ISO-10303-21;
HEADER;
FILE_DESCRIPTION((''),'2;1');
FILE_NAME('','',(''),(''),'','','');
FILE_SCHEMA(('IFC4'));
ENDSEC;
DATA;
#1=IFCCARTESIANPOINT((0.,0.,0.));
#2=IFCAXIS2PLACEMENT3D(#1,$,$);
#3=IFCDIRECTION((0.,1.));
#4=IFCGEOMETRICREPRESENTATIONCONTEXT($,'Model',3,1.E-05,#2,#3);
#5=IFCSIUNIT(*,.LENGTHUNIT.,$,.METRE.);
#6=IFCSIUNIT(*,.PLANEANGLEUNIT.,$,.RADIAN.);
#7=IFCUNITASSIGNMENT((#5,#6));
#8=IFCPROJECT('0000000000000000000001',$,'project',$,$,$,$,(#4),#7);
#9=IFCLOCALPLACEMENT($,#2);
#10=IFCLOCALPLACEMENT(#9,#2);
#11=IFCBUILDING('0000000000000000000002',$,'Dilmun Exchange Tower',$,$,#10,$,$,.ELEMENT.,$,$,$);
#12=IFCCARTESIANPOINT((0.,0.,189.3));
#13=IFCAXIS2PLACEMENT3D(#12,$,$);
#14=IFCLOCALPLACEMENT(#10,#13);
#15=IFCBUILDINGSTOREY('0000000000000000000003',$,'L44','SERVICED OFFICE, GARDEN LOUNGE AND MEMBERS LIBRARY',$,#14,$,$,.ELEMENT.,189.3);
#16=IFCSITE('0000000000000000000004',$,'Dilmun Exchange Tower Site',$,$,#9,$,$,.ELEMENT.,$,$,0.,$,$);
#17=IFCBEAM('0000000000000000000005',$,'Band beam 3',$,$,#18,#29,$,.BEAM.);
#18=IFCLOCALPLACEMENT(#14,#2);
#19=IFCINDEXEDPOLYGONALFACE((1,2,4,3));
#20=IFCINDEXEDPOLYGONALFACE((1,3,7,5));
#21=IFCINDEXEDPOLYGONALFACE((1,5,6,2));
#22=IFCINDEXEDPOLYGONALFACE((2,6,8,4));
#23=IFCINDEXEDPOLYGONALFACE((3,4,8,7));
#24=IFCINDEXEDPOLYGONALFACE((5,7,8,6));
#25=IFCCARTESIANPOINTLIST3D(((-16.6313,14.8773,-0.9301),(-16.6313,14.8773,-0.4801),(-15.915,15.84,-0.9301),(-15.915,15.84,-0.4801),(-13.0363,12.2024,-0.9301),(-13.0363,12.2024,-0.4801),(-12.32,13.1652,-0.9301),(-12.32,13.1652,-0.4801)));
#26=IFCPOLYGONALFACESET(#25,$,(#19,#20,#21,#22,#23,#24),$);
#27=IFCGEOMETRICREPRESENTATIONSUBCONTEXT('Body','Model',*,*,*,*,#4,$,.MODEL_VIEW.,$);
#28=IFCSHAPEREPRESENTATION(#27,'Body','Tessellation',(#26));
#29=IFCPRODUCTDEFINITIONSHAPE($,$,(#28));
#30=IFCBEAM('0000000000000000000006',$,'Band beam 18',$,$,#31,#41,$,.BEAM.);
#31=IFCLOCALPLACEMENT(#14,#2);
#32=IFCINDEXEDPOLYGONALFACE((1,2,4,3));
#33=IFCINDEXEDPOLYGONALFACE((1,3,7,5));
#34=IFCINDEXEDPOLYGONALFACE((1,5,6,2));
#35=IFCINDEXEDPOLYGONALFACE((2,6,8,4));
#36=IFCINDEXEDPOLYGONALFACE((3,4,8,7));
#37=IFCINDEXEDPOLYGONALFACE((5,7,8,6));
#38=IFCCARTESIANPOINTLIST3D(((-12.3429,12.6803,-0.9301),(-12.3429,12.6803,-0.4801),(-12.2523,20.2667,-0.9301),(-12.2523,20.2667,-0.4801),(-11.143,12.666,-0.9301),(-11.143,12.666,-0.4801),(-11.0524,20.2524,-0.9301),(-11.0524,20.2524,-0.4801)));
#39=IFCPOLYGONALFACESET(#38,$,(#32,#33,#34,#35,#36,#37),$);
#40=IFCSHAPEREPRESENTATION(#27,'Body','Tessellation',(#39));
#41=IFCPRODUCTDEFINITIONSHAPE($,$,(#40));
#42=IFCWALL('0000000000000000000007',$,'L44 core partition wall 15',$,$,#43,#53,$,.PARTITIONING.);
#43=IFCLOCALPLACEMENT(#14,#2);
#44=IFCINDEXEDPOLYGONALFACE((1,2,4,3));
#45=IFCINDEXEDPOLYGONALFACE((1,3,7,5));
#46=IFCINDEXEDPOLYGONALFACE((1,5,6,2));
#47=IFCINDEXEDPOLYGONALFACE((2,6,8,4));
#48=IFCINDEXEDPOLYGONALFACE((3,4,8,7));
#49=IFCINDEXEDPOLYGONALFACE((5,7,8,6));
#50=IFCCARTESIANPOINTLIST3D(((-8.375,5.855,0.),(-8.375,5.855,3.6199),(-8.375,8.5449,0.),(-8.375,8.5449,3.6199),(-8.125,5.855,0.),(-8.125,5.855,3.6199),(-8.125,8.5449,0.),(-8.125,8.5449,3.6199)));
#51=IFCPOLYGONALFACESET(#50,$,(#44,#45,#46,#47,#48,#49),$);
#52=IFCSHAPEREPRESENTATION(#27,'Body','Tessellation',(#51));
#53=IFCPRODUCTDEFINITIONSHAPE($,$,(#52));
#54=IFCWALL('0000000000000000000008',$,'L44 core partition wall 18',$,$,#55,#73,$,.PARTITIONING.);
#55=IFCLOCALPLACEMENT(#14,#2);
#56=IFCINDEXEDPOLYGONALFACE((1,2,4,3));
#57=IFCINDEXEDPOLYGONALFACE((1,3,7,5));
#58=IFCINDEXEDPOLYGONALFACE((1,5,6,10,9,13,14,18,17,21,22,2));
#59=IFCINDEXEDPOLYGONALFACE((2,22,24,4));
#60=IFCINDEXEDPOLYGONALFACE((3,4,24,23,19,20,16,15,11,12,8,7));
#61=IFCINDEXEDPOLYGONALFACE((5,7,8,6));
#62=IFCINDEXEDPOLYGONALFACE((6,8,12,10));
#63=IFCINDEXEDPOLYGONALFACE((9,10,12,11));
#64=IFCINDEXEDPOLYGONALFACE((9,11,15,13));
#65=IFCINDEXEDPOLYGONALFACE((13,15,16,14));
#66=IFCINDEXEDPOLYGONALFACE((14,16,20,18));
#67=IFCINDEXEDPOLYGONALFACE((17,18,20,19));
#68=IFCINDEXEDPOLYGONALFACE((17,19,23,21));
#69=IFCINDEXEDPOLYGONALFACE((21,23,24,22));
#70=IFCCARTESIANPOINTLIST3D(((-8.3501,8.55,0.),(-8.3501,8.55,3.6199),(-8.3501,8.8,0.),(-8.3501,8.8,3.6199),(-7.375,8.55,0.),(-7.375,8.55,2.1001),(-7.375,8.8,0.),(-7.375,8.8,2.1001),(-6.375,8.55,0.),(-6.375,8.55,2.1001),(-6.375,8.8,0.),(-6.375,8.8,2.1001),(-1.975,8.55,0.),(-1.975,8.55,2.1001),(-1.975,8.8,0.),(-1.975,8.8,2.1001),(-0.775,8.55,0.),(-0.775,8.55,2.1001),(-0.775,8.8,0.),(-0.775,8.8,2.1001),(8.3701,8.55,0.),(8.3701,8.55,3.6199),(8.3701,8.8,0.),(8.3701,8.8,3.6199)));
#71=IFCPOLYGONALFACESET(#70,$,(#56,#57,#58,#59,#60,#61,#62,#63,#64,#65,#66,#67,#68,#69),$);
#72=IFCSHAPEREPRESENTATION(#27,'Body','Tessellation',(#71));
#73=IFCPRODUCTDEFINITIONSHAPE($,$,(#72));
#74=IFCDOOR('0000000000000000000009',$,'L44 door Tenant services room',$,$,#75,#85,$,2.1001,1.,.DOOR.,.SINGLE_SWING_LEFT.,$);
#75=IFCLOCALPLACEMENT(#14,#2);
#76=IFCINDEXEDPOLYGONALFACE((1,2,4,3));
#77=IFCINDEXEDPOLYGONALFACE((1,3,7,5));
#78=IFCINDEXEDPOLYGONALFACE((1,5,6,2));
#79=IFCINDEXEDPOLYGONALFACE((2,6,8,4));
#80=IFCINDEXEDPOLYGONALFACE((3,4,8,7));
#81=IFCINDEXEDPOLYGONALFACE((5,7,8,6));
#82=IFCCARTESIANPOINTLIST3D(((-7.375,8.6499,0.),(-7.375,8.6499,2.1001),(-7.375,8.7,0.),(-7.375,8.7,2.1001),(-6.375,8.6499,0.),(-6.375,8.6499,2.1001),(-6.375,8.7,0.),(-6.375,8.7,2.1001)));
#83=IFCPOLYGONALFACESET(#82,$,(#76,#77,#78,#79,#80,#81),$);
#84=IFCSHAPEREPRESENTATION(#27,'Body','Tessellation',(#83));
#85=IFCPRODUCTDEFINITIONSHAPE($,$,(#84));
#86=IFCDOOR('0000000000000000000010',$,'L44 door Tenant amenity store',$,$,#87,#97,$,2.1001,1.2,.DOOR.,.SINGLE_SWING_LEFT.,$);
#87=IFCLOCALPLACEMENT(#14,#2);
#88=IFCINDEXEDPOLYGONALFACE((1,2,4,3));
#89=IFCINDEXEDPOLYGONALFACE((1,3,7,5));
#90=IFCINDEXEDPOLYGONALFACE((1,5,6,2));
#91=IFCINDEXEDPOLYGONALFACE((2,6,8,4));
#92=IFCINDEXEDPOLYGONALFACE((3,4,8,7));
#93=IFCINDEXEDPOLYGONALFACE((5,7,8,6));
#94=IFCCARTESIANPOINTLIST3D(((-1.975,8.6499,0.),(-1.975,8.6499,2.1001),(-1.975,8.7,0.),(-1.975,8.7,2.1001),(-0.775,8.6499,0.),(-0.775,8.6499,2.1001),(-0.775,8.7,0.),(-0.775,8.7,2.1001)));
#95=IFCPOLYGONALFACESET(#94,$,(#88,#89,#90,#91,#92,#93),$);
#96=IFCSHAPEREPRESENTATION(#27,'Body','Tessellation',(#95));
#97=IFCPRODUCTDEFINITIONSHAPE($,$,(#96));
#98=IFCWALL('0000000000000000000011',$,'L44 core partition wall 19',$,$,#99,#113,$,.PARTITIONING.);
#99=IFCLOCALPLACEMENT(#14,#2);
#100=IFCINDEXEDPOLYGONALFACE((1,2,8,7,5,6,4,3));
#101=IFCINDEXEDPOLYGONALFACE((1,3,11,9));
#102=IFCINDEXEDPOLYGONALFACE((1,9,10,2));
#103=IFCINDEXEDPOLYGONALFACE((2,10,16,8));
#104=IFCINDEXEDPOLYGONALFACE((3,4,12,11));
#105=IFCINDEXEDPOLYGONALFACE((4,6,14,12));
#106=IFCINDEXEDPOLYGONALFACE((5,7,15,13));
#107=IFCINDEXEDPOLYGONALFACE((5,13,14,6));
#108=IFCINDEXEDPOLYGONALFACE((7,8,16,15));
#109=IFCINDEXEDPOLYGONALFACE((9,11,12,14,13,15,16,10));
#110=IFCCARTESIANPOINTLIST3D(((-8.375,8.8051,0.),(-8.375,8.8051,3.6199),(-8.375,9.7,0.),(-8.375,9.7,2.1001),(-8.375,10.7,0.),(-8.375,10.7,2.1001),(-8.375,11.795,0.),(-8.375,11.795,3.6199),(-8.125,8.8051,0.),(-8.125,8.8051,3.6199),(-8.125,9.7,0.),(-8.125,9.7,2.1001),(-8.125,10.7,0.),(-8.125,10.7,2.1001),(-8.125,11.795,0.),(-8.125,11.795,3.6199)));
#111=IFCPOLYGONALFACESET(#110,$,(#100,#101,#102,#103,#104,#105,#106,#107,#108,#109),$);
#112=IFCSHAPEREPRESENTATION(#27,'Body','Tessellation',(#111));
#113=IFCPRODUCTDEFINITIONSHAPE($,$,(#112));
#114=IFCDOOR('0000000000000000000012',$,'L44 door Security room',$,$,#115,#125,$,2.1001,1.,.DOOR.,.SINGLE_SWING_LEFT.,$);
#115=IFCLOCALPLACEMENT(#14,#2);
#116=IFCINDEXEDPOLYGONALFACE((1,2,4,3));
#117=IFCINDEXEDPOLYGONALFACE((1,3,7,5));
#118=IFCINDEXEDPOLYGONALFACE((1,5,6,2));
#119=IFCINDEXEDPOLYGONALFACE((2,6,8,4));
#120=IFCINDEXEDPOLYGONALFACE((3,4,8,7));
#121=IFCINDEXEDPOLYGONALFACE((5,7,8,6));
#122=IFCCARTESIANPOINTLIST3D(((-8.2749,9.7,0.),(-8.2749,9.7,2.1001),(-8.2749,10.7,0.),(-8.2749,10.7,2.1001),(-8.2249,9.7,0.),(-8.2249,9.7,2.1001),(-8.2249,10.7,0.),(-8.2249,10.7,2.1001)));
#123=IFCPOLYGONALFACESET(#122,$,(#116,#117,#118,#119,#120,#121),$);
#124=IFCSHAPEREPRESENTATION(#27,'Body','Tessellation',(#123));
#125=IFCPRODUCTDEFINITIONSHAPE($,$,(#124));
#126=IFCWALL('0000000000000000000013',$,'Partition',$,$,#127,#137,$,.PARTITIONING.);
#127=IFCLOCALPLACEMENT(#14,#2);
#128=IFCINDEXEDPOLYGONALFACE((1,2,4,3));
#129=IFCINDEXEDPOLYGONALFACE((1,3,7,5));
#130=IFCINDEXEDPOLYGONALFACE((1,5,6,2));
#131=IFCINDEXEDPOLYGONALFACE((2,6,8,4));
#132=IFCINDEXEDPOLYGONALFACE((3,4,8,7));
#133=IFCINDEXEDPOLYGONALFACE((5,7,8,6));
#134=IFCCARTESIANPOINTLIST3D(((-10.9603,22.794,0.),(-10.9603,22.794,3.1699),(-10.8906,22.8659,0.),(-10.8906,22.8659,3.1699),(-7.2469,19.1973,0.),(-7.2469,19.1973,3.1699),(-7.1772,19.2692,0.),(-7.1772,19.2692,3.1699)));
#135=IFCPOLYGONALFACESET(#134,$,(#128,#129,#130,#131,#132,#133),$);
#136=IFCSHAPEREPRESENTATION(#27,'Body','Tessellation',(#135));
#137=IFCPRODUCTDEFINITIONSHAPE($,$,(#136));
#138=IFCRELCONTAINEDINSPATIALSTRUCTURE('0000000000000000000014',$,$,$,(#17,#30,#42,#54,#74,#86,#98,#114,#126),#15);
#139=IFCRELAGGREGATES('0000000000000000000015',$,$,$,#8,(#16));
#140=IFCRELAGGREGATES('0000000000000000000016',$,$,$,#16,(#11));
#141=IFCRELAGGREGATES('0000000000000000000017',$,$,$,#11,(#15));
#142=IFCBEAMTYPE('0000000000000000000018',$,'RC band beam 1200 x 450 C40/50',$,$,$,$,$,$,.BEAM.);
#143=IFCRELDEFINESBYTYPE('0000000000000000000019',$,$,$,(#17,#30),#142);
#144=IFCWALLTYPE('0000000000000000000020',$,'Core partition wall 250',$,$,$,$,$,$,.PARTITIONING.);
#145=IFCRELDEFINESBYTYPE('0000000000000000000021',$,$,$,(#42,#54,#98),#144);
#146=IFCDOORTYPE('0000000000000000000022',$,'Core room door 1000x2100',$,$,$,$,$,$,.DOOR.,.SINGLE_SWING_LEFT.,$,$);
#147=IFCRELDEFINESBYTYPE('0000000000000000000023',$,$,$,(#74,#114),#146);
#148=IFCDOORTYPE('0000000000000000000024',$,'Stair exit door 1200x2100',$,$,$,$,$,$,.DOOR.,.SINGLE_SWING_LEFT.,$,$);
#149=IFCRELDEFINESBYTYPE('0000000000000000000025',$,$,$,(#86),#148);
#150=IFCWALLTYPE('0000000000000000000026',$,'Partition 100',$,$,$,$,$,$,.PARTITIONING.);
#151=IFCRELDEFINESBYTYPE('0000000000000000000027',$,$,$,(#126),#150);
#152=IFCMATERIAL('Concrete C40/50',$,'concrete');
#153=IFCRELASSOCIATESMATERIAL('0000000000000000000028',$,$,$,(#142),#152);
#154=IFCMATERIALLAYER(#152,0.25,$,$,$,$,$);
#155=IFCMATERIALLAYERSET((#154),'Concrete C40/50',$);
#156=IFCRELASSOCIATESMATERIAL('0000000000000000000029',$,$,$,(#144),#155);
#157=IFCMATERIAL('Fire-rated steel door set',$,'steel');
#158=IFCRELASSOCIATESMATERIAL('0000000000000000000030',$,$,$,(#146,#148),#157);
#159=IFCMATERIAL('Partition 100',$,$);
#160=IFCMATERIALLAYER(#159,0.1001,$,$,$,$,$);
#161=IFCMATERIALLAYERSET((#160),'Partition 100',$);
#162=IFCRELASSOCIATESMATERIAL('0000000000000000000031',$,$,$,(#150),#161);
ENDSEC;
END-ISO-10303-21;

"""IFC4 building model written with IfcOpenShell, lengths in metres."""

from ifc_helpers import new_model, si_unit, direction, frame, frame_2d, origin, origin_2d, place, context, subcontext, project, spatial, rectangle, extrude, material, layer, layer_set, material_profile, profile_set, type_object, element, fill, save


model = new_model("IFC4")

# Units and contexts
model_context = context("Model", 3, precision=1e-05, world=origin(), true_north=direction((0.0, 1.0)))
body_context = subcontext(model_context, "Body", "Model", "MODEL_VIEW")
ifc_project = project(units=[si_unit("LENGTHUNIT", "METRE"), si_unit("PLANEANGLEUNIT", "RADIAN")], contexts=[model_context])

# Site, building, storey
site_placement = place(None, origin())
site = spatial("IfcSite", under=ifc_project, at=site_placement, Name="Dilmun Exchange Tower Site", CompositionType="ELEMENT", RefElevation=0.0)
building_placement = place(site_placement, origin())
building = spatial("IfcBuilding", under=site, at=building_placement, Name="Dilmun Exchange Tower", CompositionType="ELEMENT")
storey_placement = place(building_placement, frame((0.0, 0.0, 189.3)))
storey = spatial("IfcBuildingStorey", under=building, at=storey_placement, Name="L44", Description="SERVICED OFFICE, GARDEN LOUNGE AND MEMBERS LIBRARY", CompositionType="ELEMENT", Elevation=189.3)

# Beams
ifc_material_1 = material(Name="Concrete C40/50", Category="concrete")
ifc_material_profile = material_profile(ifc_material_1, rectangle(XDim=1.2, YDim=0.45, at=origin_2d()), Name="1200 x 450")
ifc_profile_set = profile_set([ifc_material_profile], Name="Concrete C40/50")
beam_type = type_object("IfcBeamType", Name="RC band beam 1200 x 450 C40/50", PredefinedType="BEAM", material=ifc_profile_set)
beam_1_placement = place(storey_placement, frame((-16.2732, 15.3586, -0.7051), z_axis=(0.802289, -0.596936, 0.0), x_axis=(0.596936, 0.802289, 0.0)))
element("IfcBeam", 1, at=beam_1_placement, inside=storey, type_object=beam_type, Name="Band beam 3", PredefinedType="BEAM", context=body_context, shape_type="SweptSolid", body=[
    extrude(rectangle(XDim=1.2, YDim=0.45, at=origin_2d()), origin(), (0.0, 0.0, 1.0), 4.481),
])
beam_2_placement = place(storey_placement, frame((-11.6523, 20.2595, -0.7051), z_axis=(-0.011938, -0.999929, 0.0), x_axis=(0.999929, -0.011938, 0.0)))
element("IfcBeam", 2, at=beam_2_placement, inside=storey, type_object=beam_type, Name="Band beam 18", PredefinedType="BEAM", context=body_context, shape_type="SweptSolid", body=[
    extrude(rectangle(XDim=1.2, YDim=0.45, at=origin_2d()), origin(), (0.0, 0.0, 1.0), 7.5869),
])

# Wall
ifc_layer_1 = layer(ifc_material_1, 0.25)
ifc_layer_set_1 = layer_set([ifc_layer_1], Name="Concrete C40/50")
wall_type_1 = type_object("IfcWallType", Name="Core partition wall 250", PredefinedType="PARTITIONING", material=ifc_layer_set_1)
wall_1_placement = place(storey_placement, frame((-8.25, 5.855, 0.0), z_axis=(0.0, 0.0, 1.0), x_axis=(0.0, 1.0, 0.0)))
element("IfcWall", 3, at=wall_1_placement, inside=storey, type_object=wall_type_1, Name="L44 core partition wall 15", PredefinedType="PARTITIONING", context=body_context, shape_type="SweptSolid", body=[
    extrude(rectangle(XDim=2.6899, YDim=0.25, at=frame_2d((1.345, 0.0))), origin(), (0.0, 0.0, 1.0), 3.6199),
])

# Wall, openings, doors
wall_2_placement = place(storey_placement, frame((-8.3501, 8.675, 0.0), z_axis=(0.0, 0.0, 1.0), x_axis=(1.0, 0.0, 0.0)))
wall_2 = element("IfcWall", 4, at=wall_2_placement, inside=storey, type_object=wall_type_1, Name="L44 core partition wall 18", PredefinedType="PARTITIONING", context=body_context, shape_type="SweptSolid", body=[
    extrude(rectangle(XDim=16.7202, YDim=0.25, at=frame_2d((8.3601, 0.0))), origin(), (0.0, 0.0, 1.0), 3.6199),
])
opening_1_placement = place(wall_2_placement, frame((0.9751, 0.0, 0.0)))
opening_1 = element("IfcOpeningElement", 5, at=opening_1_placement, cuts=wall_2, PredefinedType="OPENING", context=body_context, shape_type="SweptSolid", body=[
    extrude(rectangle(XDim=1.0, YDim=2.1001, at=frame_2d((0.5, 1.05))), frame((0.0, 0.135, 0.0), z_axis=(0.0, -1.0, 0.0), x_axis=(1.0, 0.0, 0.0)), (0.0, 0.0, 1.0), 0.27),
])
opening_2_placement = place(wall_2_placement, frame((6.375, 0.0, 0.0)))
opening_2 = element("IfcOpeningElement", 6, at=opening_2_placement, cuts=wall_2, PredefinedType="OPENING", context=body_context, shape_type="SweptSolid", body=[
    extrude(rectangle(XDim=1.2, YDim=2.1001, at=frame_2d((0.6001, 1.05))), frame((0.0, 0.135, 0.0), z_axis=(0.0, -1.0, 0.0), x_axis=(1.0, 0.0, 0.0)), (0.0, 0.0, 1.0), 0.27),
])
ifc_material_2 = material(Name="Fire-rated steel door set", Category="steel")
door_type_1 = type_object("IfcDoorType", Name="Core room door 1000x2100", OperationType="SINGLE_SWING_LEFT", PredefinedType="DOOR", material=ifc_material_2)
door_1_placement = place(opening_1_placement, origin())
door_1 = element("IfcDoor", 7, at=door_1_placement, inside=storey, type_object=door_type_1, Name="L44 door Tenant services room", OperationType="SINGLE_SWING_LEFT", OverallHeight=2.1001, OverallWidth=1.0, PredefinedType="DOOR", context=body_context, shape_type="SweptSolid", body=[
    extrude(rectangle(XDim=1.0, YDim=2.1001, at=frame_2d((0.5, 1.05))), frame((0.0, 0.0249, 0.0), z_axis=(0.0, -1.0, 0.0), x_axis=(1.0, 0.0, 0.0)), (0.0, 0.0, 1.0), 0.05),
])
fill(opening_1, door_1)
door_type_2 = type_object("IfcDoorType", Name="Stair exit door 1200x2100", OperationType="SINGLE_SWING_LEFT", PredefinedType="DOOR", material=ifc_material_2)
door_2_placement = place(opening_2_placement, origin())
door_2 = element("IfcDoor", 8, at=door_2_placement, inside=storey, type_object=door_type_2, Name="L44 door Tenant amenity store", OperationType="SINGLE_SWING_LEFT", OverallHeight=2.1001, OverallWidth=1.2, PredefinedType="DOOR", context=body_context, shape_type="SweptSolid", body=[
    extrude(rectangle(XDim=1.2, YDim=2.1001, at=frame_2d((0.6001, 1.05))), frame((0.0, 0.0249, 0.0), z_axis=(0.0, -1.0, 0.0), x_axis=(1.0, 0.0, 0.0)), (0.0, 0.0, 1.0), 0.05),
])
fill(opening_2, door_2)

# Wall, opening, door
wall_3_placement = place(storey_placement, frame((-8.25, 8.8049, 0.0), z_axis=(0.0, 0.0, 1.0), x_axis=(0.0, 1.0, 0.0)))
wall_3 = element("IfcWall", 9, at=wall_3_placement, inside=storey, type_object=wall_type_1, Name="L44 core partition wall 19", PredefinedType="PARTITIONING", context=body_context, shape_type="SweptSolid", body=[
    extrude(rectangle(XDim=2.99, YDim=0.25, at=frame_2d((1.4951, 0.0))), origin(), (0.0, 0.0, 1.0), 3.6199),
])
opening_3_placement = place(wall_3_placement, frame((0.895, 0.0, 0.0)))
opening_3 = element("IfcOpeningElement", 10, at=opening_3_placement, cuts=wall_3, PredefinedType="OPENING", context=body_context, shape_type="SweptSolid", body=[
    extrude(rectangle(XDim=1.0, YDim=2.1001, at=frame_2d((0.5, 1.05))), frame((0.0, 0.135, 0.0), z_axis=(0.0, -1.0, 0.0), x_axis=(1.0, 0.0, 0.0)), (0.0, 0.0, 1.0), 0.27),
])
door_3_placement = place(opening_3_placement, origin())
door_3 = element("IfcDoor", 11, at=door_3_placement, inside=storey, type_object=door_type_1, Name="L44 door Security room", OperationType="SINGLE_SWING_LEFT", OverallHeight=2.1001, OverallWidth=1.0, PredefinedType="DOOR", context=body_context, shape_type="SweptSolid", body=[
    extrude(rectangle(XDim=1.0, YDim=2.1001, at=frame_2d((0.5, 1.05))), frame((0.0, 0.0249, 0.0), z_axis=(0.0, -1.0, 0.0), x_axis=(1.0, 0.0, 0.0)), (0.0, 0.0, 1.0), 0.05),
])
fill(opening_3, door_3)

# Wall
ifc_material_3 = material(Name="Partition 100")
ifc_layer_2 = layer(ifc_material_3, 0.1001)
ifc_layer_set_2 = layer_set([ifc_layer_2], Name="Partition 100")
wall_type_2 = type_object("IfcWallType", Name="Partition 100", PredefinedType="PARTITIONING", material=ifc_layer_set_2)
wall_4_placement = place(storey_placement, frame((-10.9255, 22.8301, 0.0), z_axis=(0.0, 0.0, 1.0), x_axis=(0.718304, -0.69573, 0.0)))
element("IfcWall", 12, at=wall_4_placement, inside=storey, type_object=wall_type_2, Name="Partition", PredefinedType="PARTITIONING", context=body_context, shape_type="SweptSolid", body=[
    extrude(rectangle(XDim=5.1697, YDim=0.1001, at=frame_2d((2.585, 0.0))), origin(), (0.0, 0.0, 1.0), 3.1699),
])

save(model, "model.ifc")
